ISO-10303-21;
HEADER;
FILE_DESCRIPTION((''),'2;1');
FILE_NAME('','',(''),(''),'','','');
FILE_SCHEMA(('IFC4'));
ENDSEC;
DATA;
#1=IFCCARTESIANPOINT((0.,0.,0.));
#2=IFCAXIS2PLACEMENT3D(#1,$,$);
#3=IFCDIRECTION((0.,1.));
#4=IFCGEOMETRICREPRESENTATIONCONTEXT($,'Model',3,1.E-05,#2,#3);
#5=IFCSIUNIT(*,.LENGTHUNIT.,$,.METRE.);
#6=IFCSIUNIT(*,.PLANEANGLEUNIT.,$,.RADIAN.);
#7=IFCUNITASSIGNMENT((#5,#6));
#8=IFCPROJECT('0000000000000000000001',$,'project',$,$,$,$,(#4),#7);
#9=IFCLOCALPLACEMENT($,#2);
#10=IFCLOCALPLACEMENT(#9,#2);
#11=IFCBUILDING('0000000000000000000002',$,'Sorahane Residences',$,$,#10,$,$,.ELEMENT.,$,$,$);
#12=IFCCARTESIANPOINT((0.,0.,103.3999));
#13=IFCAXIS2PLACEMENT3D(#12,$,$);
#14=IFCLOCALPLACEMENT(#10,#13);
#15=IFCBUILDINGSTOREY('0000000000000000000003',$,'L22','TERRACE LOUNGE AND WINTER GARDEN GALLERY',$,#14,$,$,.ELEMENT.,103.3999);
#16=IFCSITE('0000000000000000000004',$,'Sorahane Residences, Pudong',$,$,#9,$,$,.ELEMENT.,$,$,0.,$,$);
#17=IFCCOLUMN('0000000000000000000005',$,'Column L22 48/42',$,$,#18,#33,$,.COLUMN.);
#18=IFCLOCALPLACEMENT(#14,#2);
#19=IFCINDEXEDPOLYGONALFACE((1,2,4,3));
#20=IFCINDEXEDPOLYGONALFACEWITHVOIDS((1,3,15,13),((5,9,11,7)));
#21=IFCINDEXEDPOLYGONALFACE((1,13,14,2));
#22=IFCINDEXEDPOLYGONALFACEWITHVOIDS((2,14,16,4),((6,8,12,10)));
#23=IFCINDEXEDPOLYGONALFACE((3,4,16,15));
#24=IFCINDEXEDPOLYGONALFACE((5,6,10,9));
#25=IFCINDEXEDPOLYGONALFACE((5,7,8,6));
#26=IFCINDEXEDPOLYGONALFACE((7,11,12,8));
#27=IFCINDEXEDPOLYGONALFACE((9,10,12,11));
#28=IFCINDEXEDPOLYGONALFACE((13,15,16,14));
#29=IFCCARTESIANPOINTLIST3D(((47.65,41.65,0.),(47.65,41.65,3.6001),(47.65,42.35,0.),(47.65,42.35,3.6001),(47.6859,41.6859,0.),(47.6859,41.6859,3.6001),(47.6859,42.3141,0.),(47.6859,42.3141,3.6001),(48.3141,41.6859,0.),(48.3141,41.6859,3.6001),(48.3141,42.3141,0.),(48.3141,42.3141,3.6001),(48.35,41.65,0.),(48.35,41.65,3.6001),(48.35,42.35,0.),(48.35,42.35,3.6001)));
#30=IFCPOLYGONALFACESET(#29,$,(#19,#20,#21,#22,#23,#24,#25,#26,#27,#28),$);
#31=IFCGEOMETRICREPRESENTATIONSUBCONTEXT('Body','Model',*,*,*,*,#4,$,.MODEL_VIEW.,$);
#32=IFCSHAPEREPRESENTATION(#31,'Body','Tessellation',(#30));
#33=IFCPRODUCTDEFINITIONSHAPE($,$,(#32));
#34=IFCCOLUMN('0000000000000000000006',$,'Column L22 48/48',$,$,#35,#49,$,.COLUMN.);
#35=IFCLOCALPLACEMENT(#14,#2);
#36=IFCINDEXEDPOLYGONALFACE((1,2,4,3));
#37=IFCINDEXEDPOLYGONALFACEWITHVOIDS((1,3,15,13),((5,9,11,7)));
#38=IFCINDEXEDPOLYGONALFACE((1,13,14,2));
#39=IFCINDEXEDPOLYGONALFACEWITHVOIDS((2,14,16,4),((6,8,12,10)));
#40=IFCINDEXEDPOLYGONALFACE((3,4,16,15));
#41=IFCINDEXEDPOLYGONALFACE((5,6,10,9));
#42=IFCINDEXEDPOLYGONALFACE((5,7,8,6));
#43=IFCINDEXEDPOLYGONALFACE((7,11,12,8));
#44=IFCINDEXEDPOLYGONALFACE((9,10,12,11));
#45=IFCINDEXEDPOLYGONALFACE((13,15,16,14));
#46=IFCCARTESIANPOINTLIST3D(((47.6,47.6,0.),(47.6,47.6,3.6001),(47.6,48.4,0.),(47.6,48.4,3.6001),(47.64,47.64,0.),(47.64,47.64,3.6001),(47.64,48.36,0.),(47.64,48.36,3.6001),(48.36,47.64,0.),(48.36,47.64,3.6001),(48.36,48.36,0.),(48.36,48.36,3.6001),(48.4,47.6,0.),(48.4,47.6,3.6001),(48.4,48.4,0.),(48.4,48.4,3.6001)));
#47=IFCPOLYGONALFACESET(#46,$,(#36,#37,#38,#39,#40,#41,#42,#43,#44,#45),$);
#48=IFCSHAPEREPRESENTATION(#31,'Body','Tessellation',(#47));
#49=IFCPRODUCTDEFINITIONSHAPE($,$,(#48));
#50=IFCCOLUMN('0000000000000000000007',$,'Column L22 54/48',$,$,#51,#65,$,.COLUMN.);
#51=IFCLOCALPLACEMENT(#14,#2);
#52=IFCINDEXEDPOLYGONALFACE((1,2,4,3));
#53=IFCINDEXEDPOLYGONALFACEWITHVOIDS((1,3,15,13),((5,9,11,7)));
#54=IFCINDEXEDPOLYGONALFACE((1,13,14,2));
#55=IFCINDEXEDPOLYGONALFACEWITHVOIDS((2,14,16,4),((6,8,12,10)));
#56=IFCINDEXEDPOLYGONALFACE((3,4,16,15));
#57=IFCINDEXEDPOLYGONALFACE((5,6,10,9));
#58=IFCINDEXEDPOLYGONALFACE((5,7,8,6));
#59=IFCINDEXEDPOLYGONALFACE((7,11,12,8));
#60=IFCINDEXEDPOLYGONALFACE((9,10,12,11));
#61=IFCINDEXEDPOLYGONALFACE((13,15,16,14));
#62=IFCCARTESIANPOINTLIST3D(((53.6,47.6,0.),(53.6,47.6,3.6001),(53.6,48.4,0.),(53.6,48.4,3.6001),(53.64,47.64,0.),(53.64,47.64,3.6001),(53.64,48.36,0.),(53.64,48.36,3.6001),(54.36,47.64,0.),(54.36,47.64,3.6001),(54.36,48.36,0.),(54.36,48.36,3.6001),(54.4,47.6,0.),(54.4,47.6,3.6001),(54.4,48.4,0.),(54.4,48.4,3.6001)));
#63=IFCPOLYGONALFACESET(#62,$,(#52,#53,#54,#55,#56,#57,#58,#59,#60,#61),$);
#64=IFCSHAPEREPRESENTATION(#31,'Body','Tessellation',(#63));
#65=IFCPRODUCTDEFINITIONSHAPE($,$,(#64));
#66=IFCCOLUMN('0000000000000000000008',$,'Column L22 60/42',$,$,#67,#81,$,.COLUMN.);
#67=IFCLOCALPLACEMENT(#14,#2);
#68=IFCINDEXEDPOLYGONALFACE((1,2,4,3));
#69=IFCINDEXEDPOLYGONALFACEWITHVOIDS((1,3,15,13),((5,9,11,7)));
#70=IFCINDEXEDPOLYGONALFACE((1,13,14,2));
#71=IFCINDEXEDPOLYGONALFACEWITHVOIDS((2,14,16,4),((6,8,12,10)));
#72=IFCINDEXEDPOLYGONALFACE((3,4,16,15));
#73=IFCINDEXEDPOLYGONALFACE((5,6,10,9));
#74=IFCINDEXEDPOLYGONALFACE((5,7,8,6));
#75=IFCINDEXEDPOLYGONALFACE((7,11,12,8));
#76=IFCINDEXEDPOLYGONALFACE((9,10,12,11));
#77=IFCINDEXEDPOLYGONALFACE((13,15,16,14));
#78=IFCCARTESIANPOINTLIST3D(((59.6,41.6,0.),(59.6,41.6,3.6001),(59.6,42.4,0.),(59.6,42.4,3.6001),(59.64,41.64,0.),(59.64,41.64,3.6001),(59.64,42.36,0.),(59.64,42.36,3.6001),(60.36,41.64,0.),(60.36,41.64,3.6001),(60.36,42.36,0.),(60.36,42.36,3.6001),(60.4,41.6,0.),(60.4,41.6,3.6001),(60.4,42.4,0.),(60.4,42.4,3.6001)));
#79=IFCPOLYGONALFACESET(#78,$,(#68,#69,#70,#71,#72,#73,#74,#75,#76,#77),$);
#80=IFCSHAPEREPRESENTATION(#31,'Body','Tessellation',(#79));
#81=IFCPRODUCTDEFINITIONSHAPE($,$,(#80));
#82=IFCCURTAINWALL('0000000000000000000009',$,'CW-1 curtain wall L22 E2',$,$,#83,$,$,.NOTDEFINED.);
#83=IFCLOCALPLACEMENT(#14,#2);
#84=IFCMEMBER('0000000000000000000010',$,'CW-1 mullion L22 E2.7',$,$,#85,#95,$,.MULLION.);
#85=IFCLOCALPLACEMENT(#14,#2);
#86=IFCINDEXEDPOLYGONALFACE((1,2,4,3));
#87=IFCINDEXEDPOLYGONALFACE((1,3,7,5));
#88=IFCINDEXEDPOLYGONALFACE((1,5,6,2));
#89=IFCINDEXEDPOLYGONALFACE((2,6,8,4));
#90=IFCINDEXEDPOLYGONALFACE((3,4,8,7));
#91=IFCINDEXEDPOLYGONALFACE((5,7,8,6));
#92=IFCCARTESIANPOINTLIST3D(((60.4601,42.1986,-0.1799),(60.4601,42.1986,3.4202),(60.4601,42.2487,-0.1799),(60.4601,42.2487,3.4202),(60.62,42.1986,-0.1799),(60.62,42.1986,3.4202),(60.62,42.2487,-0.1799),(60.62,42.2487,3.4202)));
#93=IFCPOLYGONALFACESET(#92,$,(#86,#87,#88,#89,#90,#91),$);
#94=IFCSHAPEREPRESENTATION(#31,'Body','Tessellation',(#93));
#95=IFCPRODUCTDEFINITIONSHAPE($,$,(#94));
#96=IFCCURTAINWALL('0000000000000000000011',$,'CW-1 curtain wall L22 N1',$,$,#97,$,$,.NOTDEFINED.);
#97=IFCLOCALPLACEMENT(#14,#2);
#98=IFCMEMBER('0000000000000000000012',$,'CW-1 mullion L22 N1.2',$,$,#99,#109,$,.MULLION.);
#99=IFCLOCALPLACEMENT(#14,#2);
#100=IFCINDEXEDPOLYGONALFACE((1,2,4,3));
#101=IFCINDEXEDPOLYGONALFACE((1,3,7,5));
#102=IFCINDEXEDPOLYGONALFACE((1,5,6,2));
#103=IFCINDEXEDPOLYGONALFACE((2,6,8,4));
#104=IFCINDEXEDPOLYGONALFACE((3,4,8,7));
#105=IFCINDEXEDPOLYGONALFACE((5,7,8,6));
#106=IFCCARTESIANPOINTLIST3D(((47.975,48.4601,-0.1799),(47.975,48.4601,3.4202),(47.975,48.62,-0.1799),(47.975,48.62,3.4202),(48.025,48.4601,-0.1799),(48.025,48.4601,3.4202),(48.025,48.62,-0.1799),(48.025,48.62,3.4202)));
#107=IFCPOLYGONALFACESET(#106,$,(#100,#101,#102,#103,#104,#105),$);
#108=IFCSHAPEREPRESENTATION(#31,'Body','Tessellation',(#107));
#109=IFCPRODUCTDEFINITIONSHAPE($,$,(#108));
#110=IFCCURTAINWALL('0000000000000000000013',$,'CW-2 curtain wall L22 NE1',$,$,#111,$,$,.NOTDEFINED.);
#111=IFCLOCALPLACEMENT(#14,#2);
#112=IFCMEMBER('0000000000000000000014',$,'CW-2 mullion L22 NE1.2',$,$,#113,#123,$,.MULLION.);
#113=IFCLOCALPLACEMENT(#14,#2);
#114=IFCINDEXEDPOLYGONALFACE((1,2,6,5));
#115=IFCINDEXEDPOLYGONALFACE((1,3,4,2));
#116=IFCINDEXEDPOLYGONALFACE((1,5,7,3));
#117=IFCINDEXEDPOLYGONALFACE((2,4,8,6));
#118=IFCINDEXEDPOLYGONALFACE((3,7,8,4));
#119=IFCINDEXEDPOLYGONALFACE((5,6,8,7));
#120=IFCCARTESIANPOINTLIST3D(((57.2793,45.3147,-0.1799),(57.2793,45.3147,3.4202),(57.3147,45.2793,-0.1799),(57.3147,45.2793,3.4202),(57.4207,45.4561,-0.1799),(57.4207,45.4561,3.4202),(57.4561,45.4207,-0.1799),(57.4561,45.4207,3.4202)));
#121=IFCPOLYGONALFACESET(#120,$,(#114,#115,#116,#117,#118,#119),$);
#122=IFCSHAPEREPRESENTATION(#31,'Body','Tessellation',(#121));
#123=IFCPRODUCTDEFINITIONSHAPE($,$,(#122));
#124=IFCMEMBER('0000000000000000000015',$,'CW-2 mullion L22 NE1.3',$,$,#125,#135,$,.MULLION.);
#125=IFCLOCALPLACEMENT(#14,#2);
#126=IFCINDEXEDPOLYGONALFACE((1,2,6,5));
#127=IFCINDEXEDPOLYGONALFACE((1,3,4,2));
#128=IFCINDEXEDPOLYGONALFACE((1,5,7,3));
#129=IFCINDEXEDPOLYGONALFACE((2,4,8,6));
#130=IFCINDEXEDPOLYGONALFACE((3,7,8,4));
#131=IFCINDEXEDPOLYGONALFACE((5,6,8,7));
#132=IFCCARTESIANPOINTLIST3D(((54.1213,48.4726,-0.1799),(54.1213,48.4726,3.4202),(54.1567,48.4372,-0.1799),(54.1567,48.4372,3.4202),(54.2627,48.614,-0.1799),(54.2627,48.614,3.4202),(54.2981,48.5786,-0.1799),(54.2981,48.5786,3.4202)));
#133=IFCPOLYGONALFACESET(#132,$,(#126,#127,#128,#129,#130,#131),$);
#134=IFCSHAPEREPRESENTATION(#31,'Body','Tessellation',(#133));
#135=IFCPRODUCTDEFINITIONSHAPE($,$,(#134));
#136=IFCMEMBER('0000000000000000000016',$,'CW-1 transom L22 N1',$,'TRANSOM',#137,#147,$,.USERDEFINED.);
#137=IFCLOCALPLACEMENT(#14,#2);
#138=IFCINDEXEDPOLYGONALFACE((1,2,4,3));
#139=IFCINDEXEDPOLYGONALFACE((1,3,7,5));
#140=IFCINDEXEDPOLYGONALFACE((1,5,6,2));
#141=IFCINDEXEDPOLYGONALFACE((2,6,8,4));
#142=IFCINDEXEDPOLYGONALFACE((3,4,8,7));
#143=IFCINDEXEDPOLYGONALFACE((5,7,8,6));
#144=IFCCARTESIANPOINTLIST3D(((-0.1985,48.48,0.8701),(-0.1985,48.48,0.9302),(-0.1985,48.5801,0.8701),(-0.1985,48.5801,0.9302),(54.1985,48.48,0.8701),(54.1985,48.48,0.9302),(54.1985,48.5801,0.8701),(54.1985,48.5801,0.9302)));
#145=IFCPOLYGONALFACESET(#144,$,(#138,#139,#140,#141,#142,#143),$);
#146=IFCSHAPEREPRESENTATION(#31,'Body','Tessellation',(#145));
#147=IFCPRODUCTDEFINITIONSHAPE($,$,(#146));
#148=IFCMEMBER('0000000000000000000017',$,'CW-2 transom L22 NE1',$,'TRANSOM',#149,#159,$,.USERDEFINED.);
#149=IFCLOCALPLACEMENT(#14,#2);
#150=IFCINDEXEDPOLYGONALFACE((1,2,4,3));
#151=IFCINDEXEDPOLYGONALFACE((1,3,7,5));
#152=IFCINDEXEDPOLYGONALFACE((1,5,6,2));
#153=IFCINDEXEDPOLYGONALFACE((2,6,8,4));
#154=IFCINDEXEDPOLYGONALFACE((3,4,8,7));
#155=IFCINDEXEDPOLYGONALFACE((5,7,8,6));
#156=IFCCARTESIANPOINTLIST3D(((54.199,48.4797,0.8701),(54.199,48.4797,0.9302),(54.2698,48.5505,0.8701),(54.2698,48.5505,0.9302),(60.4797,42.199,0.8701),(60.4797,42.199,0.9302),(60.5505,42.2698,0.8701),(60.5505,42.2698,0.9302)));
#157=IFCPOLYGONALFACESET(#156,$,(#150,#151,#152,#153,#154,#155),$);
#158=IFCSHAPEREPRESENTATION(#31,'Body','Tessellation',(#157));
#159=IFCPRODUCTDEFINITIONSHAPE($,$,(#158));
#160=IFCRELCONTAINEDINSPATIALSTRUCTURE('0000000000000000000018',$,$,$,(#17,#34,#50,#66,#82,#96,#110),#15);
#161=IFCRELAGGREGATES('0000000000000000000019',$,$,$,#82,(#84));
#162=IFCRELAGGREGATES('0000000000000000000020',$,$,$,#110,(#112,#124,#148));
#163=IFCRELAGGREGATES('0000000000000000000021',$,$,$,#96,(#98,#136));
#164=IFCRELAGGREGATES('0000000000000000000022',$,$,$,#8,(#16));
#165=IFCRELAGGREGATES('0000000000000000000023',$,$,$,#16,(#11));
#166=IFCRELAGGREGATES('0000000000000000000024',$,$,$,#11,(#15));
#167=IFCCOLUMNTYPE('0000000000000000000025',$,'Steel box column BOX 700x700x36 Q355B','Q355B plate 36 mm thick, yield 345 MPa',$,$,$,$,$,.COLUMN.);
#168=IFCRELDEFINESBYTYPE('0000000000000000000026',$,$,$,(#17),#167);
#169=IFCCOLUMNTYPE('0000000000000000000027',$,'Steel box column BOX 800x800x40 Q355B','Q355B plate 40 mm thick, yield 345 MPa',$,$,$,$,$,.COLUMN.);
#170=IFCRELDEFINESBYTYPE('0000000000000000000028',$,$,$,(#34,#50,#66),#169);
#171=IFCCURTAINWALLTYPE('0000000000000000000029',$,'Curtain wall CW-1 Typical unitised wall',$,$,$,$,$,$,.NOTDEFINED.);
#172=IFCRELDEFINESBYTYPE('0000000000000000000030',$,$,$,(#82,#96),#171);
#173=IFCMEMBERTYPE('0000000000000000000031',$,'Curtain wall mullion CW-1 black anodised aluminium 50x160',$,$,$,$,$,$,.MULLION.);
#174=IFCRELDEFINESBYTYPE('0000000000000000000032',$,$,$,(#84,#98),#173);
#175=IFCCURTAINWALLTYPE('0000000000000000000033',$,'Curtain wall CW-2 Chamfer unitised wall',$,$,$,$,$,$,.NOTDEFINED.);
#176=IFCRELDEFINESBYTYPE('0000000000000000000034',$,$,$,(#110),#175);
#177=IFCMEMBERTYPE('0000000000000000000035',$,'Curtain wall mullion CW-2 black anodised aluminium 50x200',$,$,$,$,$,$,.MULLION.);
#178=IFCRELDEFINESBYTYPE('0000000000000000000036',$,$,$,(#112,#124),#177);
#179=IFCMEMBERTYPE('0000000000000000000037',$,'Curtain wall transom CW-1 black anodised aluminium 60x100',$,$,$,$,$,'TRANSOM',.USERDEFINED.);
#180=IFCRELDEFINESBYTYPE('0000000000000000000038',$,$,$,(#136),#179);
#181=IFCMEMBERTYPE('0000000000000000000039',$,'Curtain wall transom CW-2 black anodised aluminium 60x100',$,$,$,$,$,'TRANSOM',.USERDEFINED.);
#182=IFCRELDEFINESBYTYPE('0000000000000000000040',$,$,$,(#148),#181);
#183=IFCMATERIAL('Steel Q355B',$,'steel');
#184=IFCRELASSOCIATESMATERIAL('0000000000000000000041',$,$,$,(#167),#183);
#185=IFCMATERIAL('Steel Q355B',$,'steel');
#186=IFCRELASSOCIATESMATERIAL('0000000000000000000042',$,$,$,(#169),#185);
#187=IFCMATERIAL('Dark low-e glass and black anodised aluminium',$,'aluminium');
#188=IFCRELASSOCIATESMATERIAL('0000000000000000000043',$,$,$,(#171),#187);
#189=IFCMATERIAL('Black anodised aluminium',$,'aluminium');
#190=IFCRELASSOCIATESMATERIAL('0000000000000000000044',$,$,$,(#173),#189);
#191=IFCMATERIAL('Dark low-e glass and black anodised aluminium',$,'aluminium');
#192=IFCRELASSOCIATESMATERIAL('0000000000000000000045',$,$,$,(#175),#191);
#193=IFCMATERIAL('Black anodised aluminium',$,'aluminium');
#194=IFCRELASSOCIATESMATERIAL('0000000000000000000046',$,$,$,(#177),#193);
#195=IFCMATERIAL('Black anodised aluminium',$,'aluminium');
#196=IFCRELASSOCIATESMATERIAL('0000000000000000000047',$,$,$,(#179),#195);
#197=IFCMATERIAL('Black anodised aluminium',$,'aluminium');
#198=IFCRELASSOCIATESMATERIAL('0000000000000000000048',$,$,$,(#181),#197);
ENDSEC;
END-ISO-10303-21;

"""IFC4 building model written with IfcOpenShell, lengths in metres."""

from ifc_helpers import new_model, si_unit, direction, frame, origin, origin_2d, place, context, subcontext, project, spatial, rectangle, hollow_rectangle, extrude, material, material_profile, profile_set, type_object, element, aggregate, save


model = new_model("IFC4")

# Units and contexts
model_context = context("Model", 3, precision=1e-05, world=origin(), true_north=direction((0.0, 1.0)))
body_context = subcontext(model_context, "Body", "Model", "MODEL_VIEW")
ifc_project = project(units=[si_unit("LENGTHUNIT", "METRE"), si_unit("PLANEANGLEUNIT", "RADIAN")], contexts=[model_context])

# Site, building, storey
site_placement = place(None, origin())
site = spatial("IfcSite", under=ifc_project, at=site_placement, Name="Sorahane Residences, Pudong", CompositionType="ELEMENT", RefElevation=0.0)
building_placement = place(site_placement, origin())
building = spatial("IfcBuilding", under=site, at=building_placement, Name="Sorahane Residences", CompositionType="ELEMENT")
storey_placement = place(building_placement, frame((0.0, 0.0, 103.3999)))
storey = spatial("IfcBuildingStorey", under=building, at=storey_placement, Name="L22", Description="TERRACE LOUNGE AND WINTER GARDEN GALLERY", CompositionType="ELEMENT", Elevation=103.3999)

# Columns
ifc_material_1 = material(Name="Steel Q355B", Category="steel")
ifc_material_profile_1 = material_profile(ifc_material_1, hollow_rectangle(XDim=0.7, YDim=0.7, WallThickness=0.0359, at=origin_2d()), Name="BOX 700x700x36")
ifc_profile_set_1 = profile_set([ifc_material_profile_1], Name="Steel Q355B")
column_type_1 = type_object("IfcColumnType", Name="Steel box column BOX 700x700x36 Q355B", Description="Q355B plate 36 mm thick, yield 345 MPa", PredefinedType="COLUMN", material=ifc_profile_set_1)
column_placement = place(storey_placement, frame((48.0, 42.0, 0.0), z_axis=(0.0, 0.0, 1.0), x_axis=(1.0, 0.0, 0.0)))
element("IfcColumn", 1, at=column_placement, inside=storey, type_object=column_type_1, Name="Column L22 48/42", PredefinedType="COLUMN", context=body_context, shape_type="SweptSolid", body=[
    extrude(hollow_rectangle(XDim=0.7, YDim=0.7, WallThickness=0.0359, at=origin_2d()), origin(), (0.0, 0.0, 1.0), 3.6001),
])
ifc_material_2 = material(Name="Steel Q355B", Category="steel")
ifc_material_profile_2 = material_profile(ifc_material_2, hollow_rectangle(XDim=0.8, YDim=0.8, WallThickness=0.04, at=origin_2d()), Name="BOX 800x800x40")
ifc_profile_set_2 = profile_set([ifc_material_profile_2], Name="Steel Q355B")
column_type_2 = type_object("IfcColumnType", Name="Steel box column BOX 800x800x40 Q355B", Description="Q355B plate 40 mm thick, yield 345 MPa", PredefinedType="COLUMN", material=ifc_profile_set_2)
for number, where, z_axis, x_axis, name in (
    (2, (48.0, 48.0, 0.0), (0.0, 0.0, 1.0), (1.0, 0.0, 0.0), "Column L22 48/48"),
    (3, (54.0, 48.0, 0.0), (0.0, 0.0, 1.0), (1.0, 0.0, 0.0), "Column L22 54/48"),
    (4, (60.0, 42.0, 0.0), (0.0, 0.0, 1.0), (1.0, 0.0, 0.0), "Column L22 60/42"),
):
    element("IfcColumn", number, at=place(storey_placement, frame(where, z_axis=z_axis, x_axis=x_axis)), inside=storey, type_object=column_type_2, Name=name, PredefinedType="COLUMN", context=body_context, shape_type="SweptSolid", body=[
        extrude(hollow_rectangle(XDim=0.8, YDim=0.8, WallThickness=0.04, at=origin_2d()), origin(), (0.0, 0.0, 1.0), 3.6001),
    ])

# Curtain walls, members
ifc_material_3 = material(Name="Dark low-e glass and black anodised aluminium", Category="aluminium")
curtain_wall_type_1 = type_object("IfcCurtainWallType", Name="Curtain wall CW-1 Typical unitised wall", PredefinedType="NOTDEFINED", material=ifc_material_3)
curtain_wall_1_placement = place(storey_placement, origin())
curtain_wall_1 = element("IfcCurtainWall", 5, at=curtain_wall_1_placement, inside=storey, type_object=curtain_wall_type_1, Name="CW-1 curtain wall L22 E2", PredefinedType="NOTDEFINED")
ifc_material_4 = material(Name="Black anodised aluminium", Category="aluminium")
ifc_material_profile_3 = material_profile(ifc_material_4, rectangle(XDim=0.1599, YDim=0.05, at=origin_2d()), Name="Curtain wall mullion CW-1 black anodised aluminium 50x160")
ifc_profile_set_3 = profile_set([ifc_material_profile_3], Name="Black anodised aluminium")
member_type_1 = type_object("IfcMemberType", Name="Curtain wall mullion CW-1 black anodised aluminium 50x160", PredefinedType="MULLION", material=ifc_profile_set_3)
member_1_placement = place(storey_placement, frame((60.54, 42.2236, -0.1799), z_axis=(0.0, 0.0, 1.0), x_axis=(1.0, 0.0, 0.0)))
member_1 = element("IfcMember", 6, at=member_1_placement, type_object=member_type_1, Name="CW-1 mullion L22 E2.7", PredefinedType="MULLION", context=body_context, shape_type="SweptSolid", body=[
    extrude(rectangle(XDim=0.1599, YDim=0.05, at=origin_2d()), origin(), (0.0, 0.0, 1.0), 3.6001),
])
aggregate(curtain_wall_1, [member_1])
curtain_wall_2_placement = place(storey_placement, origin())
curtain_wall_2 = element("IfcCurtainWall", 7, at=curtain_wall_2_placement, inside=storey, type_object=curtain_wall_type_1, Name="CW-1 curtain wall L22 N1", PredefinedType="NOTDEFINED")
member_2_placement = place(storey_placement, frame((48.0, 48.54, -0.1799), z_axis=(0.0, 0.0, 1.0), x_axis=(0.0, 1.0, 0.0)))
member_2 = element("IfcMember", 8, at=member_2_placement, type_object=member_type_1, Name="CW-1 mullion L22 N1.2", PredefinedType="MULLION", context=body_context, shape_type="SweptSolid", body=[
    extrude(rectangle(XDim=0.1599, YDim=0.05, at=origin_2d()), origin(), (0.0, 0.0, 1.0), 3.6001),
])

# Curtain wall, members
ifc_material_5 = material(Name="Dark low-e glass and black anodised aluminium", Category="aluminium")
curtain_wall_type_2 = type_object("IfcCurtainWallType", Name="Curtain wall CW-2 Chamfer unitised wall", PredefinedType="NOTDEFINED", material=ifc_material_5)
curtain_wall_3_placement = place(storey_placement, origin())
curtain_wall_3 = element("IfcCurtainWall", 9, at=curtain_wall_3_placement, inside=storey, type_object=curtain_wall_type_2, Name="CW-2 curtain wall L22 NE1", PredefinedType="NOTDEFINED")
ifc_material_6 = material(Name="Black anodised aluminium", Category="aluminium")
ifc_material_profile_4 = material_profile(ifc_material_6, rectangle(XDim=0.2, YDim=0.05, at=origin_2d()), Name="Curtain wall mullion CW-2 black anodised aluminium 50x200")
ifc_profile_set_4 = profile_set([ifc_material_profile_4], Name="Black anodised aluminium")
member_type_2 = type_object("IfcMemberType", Name="Curtain wall mullion CW-2 black anodised aluminium 50x200", PredefinedType="MULLION", material=ifc_profile_set_4)
member_3_placement = place(storey_placement, frame((57.3677, 45.3677, -0.1799), z_axis=(0.0, 0.0, 1.0), x_axis=(0.707107, 0.707107, 0.0)))
member_3 = element("IfcMember", 10, at=member_3_placement, type_object=member_type_2, Name="CW-2 mullion L22 NE1.2", PredefinedType="MULLION", context=body_context, shape_type="SweptSolid", body=[
    extrude(rectangle(XDim=0.2, YDim=0.05, at=origin_2d()), origin(), (0.0, 0.0, 1.0), 3.6001),
])
member_4_placement = place(storey_placement, frame((54.2097, 48.5256, -0.1799), z_axis=(0.0, 0.0, 1.0), x_axis=(0.707107, 0.707107, 0.0)))
member_4 = element("IfcMember", 11, at=member_4_placement, type_object=member_type_2, Name="CW-2 mullion L22 NE1.3", PredefinedType="MULLION", context=body_context, shape_type="SweptSolid", body=[
    extrude(rectangle(XDim=0.2, YDim=0.05, at=origin_2d()), origin(), (0.0, 0.0, 1.0), 3.6001),
])

# Members
ifc_material_7 = material(Name="Black anodised aluminium", Category="aluminium")
ifc_material_profile_5 = material_profile(ifc_material_7, rectangle(XDim=0.1001, YDim=0.0601, at=origin_2d()), Name="Curtain wall transom CW-1 black anodised aluminium 60x100")
ifc_profile_set_5 = profile_set([ifc_material_profile_5], Name="Black anodised aluminium")
member_type_3 = type_object("IfcMemberType", Name="Curtain wall transom CW-1 black anodised aluminium 60x100", ElementType="TRANSOM", PredefinedType="USERDEFINED", material=ifc_profile_set_5)
member_5_placement = place(storey_placement, frame((54.1985, 48.53, 0.9001), z_axis=(-1.0, 0.0, 0.0), x_axis=(0.0, -1.0, 0.0)))
member_5 = element("IfcMember", 12, at=member_5_placement, type_object=member_type_3, Name="CW-1 transom L22 N1", ObjectType="TRANSOM", PredefinedType="USERDEFINED", context=body_context, shape_type="SweptSolid", body=[
    extrude(rectangle(XDim=0.1001, YDim=0.0601, at=origin_2d()), origin(), (0.0, 0.0, 1.0), 54.397),
])
ifc_material_8 = material(Name="Black anodised aluminium", Category="aluminium")
ifc_material_profile_6 = material_profile(ifc_material_8, rectangle(XDim=0.1001, YDim=0.0601, at=origin_2d()), Name="Curtain wall transom CW-2 black anodised aluminium 60x100")
ifc_profile_set_6 = profile_set([ifc_material_profile_6], Name="Black anodised aluminium")
member_type_4 = type_object("IfcMemberType", Name="Curtain wall transom CW-2 black anodised aluminium 60x100", ElementType="TRANSOM", PredefinedType="USERDEFINED", material=ifc_profile_set_6)
member_6_placement = place(storey_placement, frame((60.5151, 42.2344, 0.9001), z_axis=(-0.707107, 0.707107, 0.0), x_axis=(-0.707107, -0.707107, 0.0)))
member_6 = element("IfcMember", 13, at=member_6_placement, type_object=member_type_4, Name="CW-2 transom L22 NE1", ObjectType="TRANSOM", PredefinedType="USERDEFINED", context=body_context, shape_type="SweptSolid", body=[
    extrude(rectangle(XDim=0.1001, YDim=0.0601, at=origin_2d()), origin(), (0.0, 0.0, 1.0), 8.8823),
])

aggregate(curtain_wall_3, [member_3, member_4, member_6])
aggregate(curtain_wall_2, [member_2, member_5])

save(model, "model.ifc")
